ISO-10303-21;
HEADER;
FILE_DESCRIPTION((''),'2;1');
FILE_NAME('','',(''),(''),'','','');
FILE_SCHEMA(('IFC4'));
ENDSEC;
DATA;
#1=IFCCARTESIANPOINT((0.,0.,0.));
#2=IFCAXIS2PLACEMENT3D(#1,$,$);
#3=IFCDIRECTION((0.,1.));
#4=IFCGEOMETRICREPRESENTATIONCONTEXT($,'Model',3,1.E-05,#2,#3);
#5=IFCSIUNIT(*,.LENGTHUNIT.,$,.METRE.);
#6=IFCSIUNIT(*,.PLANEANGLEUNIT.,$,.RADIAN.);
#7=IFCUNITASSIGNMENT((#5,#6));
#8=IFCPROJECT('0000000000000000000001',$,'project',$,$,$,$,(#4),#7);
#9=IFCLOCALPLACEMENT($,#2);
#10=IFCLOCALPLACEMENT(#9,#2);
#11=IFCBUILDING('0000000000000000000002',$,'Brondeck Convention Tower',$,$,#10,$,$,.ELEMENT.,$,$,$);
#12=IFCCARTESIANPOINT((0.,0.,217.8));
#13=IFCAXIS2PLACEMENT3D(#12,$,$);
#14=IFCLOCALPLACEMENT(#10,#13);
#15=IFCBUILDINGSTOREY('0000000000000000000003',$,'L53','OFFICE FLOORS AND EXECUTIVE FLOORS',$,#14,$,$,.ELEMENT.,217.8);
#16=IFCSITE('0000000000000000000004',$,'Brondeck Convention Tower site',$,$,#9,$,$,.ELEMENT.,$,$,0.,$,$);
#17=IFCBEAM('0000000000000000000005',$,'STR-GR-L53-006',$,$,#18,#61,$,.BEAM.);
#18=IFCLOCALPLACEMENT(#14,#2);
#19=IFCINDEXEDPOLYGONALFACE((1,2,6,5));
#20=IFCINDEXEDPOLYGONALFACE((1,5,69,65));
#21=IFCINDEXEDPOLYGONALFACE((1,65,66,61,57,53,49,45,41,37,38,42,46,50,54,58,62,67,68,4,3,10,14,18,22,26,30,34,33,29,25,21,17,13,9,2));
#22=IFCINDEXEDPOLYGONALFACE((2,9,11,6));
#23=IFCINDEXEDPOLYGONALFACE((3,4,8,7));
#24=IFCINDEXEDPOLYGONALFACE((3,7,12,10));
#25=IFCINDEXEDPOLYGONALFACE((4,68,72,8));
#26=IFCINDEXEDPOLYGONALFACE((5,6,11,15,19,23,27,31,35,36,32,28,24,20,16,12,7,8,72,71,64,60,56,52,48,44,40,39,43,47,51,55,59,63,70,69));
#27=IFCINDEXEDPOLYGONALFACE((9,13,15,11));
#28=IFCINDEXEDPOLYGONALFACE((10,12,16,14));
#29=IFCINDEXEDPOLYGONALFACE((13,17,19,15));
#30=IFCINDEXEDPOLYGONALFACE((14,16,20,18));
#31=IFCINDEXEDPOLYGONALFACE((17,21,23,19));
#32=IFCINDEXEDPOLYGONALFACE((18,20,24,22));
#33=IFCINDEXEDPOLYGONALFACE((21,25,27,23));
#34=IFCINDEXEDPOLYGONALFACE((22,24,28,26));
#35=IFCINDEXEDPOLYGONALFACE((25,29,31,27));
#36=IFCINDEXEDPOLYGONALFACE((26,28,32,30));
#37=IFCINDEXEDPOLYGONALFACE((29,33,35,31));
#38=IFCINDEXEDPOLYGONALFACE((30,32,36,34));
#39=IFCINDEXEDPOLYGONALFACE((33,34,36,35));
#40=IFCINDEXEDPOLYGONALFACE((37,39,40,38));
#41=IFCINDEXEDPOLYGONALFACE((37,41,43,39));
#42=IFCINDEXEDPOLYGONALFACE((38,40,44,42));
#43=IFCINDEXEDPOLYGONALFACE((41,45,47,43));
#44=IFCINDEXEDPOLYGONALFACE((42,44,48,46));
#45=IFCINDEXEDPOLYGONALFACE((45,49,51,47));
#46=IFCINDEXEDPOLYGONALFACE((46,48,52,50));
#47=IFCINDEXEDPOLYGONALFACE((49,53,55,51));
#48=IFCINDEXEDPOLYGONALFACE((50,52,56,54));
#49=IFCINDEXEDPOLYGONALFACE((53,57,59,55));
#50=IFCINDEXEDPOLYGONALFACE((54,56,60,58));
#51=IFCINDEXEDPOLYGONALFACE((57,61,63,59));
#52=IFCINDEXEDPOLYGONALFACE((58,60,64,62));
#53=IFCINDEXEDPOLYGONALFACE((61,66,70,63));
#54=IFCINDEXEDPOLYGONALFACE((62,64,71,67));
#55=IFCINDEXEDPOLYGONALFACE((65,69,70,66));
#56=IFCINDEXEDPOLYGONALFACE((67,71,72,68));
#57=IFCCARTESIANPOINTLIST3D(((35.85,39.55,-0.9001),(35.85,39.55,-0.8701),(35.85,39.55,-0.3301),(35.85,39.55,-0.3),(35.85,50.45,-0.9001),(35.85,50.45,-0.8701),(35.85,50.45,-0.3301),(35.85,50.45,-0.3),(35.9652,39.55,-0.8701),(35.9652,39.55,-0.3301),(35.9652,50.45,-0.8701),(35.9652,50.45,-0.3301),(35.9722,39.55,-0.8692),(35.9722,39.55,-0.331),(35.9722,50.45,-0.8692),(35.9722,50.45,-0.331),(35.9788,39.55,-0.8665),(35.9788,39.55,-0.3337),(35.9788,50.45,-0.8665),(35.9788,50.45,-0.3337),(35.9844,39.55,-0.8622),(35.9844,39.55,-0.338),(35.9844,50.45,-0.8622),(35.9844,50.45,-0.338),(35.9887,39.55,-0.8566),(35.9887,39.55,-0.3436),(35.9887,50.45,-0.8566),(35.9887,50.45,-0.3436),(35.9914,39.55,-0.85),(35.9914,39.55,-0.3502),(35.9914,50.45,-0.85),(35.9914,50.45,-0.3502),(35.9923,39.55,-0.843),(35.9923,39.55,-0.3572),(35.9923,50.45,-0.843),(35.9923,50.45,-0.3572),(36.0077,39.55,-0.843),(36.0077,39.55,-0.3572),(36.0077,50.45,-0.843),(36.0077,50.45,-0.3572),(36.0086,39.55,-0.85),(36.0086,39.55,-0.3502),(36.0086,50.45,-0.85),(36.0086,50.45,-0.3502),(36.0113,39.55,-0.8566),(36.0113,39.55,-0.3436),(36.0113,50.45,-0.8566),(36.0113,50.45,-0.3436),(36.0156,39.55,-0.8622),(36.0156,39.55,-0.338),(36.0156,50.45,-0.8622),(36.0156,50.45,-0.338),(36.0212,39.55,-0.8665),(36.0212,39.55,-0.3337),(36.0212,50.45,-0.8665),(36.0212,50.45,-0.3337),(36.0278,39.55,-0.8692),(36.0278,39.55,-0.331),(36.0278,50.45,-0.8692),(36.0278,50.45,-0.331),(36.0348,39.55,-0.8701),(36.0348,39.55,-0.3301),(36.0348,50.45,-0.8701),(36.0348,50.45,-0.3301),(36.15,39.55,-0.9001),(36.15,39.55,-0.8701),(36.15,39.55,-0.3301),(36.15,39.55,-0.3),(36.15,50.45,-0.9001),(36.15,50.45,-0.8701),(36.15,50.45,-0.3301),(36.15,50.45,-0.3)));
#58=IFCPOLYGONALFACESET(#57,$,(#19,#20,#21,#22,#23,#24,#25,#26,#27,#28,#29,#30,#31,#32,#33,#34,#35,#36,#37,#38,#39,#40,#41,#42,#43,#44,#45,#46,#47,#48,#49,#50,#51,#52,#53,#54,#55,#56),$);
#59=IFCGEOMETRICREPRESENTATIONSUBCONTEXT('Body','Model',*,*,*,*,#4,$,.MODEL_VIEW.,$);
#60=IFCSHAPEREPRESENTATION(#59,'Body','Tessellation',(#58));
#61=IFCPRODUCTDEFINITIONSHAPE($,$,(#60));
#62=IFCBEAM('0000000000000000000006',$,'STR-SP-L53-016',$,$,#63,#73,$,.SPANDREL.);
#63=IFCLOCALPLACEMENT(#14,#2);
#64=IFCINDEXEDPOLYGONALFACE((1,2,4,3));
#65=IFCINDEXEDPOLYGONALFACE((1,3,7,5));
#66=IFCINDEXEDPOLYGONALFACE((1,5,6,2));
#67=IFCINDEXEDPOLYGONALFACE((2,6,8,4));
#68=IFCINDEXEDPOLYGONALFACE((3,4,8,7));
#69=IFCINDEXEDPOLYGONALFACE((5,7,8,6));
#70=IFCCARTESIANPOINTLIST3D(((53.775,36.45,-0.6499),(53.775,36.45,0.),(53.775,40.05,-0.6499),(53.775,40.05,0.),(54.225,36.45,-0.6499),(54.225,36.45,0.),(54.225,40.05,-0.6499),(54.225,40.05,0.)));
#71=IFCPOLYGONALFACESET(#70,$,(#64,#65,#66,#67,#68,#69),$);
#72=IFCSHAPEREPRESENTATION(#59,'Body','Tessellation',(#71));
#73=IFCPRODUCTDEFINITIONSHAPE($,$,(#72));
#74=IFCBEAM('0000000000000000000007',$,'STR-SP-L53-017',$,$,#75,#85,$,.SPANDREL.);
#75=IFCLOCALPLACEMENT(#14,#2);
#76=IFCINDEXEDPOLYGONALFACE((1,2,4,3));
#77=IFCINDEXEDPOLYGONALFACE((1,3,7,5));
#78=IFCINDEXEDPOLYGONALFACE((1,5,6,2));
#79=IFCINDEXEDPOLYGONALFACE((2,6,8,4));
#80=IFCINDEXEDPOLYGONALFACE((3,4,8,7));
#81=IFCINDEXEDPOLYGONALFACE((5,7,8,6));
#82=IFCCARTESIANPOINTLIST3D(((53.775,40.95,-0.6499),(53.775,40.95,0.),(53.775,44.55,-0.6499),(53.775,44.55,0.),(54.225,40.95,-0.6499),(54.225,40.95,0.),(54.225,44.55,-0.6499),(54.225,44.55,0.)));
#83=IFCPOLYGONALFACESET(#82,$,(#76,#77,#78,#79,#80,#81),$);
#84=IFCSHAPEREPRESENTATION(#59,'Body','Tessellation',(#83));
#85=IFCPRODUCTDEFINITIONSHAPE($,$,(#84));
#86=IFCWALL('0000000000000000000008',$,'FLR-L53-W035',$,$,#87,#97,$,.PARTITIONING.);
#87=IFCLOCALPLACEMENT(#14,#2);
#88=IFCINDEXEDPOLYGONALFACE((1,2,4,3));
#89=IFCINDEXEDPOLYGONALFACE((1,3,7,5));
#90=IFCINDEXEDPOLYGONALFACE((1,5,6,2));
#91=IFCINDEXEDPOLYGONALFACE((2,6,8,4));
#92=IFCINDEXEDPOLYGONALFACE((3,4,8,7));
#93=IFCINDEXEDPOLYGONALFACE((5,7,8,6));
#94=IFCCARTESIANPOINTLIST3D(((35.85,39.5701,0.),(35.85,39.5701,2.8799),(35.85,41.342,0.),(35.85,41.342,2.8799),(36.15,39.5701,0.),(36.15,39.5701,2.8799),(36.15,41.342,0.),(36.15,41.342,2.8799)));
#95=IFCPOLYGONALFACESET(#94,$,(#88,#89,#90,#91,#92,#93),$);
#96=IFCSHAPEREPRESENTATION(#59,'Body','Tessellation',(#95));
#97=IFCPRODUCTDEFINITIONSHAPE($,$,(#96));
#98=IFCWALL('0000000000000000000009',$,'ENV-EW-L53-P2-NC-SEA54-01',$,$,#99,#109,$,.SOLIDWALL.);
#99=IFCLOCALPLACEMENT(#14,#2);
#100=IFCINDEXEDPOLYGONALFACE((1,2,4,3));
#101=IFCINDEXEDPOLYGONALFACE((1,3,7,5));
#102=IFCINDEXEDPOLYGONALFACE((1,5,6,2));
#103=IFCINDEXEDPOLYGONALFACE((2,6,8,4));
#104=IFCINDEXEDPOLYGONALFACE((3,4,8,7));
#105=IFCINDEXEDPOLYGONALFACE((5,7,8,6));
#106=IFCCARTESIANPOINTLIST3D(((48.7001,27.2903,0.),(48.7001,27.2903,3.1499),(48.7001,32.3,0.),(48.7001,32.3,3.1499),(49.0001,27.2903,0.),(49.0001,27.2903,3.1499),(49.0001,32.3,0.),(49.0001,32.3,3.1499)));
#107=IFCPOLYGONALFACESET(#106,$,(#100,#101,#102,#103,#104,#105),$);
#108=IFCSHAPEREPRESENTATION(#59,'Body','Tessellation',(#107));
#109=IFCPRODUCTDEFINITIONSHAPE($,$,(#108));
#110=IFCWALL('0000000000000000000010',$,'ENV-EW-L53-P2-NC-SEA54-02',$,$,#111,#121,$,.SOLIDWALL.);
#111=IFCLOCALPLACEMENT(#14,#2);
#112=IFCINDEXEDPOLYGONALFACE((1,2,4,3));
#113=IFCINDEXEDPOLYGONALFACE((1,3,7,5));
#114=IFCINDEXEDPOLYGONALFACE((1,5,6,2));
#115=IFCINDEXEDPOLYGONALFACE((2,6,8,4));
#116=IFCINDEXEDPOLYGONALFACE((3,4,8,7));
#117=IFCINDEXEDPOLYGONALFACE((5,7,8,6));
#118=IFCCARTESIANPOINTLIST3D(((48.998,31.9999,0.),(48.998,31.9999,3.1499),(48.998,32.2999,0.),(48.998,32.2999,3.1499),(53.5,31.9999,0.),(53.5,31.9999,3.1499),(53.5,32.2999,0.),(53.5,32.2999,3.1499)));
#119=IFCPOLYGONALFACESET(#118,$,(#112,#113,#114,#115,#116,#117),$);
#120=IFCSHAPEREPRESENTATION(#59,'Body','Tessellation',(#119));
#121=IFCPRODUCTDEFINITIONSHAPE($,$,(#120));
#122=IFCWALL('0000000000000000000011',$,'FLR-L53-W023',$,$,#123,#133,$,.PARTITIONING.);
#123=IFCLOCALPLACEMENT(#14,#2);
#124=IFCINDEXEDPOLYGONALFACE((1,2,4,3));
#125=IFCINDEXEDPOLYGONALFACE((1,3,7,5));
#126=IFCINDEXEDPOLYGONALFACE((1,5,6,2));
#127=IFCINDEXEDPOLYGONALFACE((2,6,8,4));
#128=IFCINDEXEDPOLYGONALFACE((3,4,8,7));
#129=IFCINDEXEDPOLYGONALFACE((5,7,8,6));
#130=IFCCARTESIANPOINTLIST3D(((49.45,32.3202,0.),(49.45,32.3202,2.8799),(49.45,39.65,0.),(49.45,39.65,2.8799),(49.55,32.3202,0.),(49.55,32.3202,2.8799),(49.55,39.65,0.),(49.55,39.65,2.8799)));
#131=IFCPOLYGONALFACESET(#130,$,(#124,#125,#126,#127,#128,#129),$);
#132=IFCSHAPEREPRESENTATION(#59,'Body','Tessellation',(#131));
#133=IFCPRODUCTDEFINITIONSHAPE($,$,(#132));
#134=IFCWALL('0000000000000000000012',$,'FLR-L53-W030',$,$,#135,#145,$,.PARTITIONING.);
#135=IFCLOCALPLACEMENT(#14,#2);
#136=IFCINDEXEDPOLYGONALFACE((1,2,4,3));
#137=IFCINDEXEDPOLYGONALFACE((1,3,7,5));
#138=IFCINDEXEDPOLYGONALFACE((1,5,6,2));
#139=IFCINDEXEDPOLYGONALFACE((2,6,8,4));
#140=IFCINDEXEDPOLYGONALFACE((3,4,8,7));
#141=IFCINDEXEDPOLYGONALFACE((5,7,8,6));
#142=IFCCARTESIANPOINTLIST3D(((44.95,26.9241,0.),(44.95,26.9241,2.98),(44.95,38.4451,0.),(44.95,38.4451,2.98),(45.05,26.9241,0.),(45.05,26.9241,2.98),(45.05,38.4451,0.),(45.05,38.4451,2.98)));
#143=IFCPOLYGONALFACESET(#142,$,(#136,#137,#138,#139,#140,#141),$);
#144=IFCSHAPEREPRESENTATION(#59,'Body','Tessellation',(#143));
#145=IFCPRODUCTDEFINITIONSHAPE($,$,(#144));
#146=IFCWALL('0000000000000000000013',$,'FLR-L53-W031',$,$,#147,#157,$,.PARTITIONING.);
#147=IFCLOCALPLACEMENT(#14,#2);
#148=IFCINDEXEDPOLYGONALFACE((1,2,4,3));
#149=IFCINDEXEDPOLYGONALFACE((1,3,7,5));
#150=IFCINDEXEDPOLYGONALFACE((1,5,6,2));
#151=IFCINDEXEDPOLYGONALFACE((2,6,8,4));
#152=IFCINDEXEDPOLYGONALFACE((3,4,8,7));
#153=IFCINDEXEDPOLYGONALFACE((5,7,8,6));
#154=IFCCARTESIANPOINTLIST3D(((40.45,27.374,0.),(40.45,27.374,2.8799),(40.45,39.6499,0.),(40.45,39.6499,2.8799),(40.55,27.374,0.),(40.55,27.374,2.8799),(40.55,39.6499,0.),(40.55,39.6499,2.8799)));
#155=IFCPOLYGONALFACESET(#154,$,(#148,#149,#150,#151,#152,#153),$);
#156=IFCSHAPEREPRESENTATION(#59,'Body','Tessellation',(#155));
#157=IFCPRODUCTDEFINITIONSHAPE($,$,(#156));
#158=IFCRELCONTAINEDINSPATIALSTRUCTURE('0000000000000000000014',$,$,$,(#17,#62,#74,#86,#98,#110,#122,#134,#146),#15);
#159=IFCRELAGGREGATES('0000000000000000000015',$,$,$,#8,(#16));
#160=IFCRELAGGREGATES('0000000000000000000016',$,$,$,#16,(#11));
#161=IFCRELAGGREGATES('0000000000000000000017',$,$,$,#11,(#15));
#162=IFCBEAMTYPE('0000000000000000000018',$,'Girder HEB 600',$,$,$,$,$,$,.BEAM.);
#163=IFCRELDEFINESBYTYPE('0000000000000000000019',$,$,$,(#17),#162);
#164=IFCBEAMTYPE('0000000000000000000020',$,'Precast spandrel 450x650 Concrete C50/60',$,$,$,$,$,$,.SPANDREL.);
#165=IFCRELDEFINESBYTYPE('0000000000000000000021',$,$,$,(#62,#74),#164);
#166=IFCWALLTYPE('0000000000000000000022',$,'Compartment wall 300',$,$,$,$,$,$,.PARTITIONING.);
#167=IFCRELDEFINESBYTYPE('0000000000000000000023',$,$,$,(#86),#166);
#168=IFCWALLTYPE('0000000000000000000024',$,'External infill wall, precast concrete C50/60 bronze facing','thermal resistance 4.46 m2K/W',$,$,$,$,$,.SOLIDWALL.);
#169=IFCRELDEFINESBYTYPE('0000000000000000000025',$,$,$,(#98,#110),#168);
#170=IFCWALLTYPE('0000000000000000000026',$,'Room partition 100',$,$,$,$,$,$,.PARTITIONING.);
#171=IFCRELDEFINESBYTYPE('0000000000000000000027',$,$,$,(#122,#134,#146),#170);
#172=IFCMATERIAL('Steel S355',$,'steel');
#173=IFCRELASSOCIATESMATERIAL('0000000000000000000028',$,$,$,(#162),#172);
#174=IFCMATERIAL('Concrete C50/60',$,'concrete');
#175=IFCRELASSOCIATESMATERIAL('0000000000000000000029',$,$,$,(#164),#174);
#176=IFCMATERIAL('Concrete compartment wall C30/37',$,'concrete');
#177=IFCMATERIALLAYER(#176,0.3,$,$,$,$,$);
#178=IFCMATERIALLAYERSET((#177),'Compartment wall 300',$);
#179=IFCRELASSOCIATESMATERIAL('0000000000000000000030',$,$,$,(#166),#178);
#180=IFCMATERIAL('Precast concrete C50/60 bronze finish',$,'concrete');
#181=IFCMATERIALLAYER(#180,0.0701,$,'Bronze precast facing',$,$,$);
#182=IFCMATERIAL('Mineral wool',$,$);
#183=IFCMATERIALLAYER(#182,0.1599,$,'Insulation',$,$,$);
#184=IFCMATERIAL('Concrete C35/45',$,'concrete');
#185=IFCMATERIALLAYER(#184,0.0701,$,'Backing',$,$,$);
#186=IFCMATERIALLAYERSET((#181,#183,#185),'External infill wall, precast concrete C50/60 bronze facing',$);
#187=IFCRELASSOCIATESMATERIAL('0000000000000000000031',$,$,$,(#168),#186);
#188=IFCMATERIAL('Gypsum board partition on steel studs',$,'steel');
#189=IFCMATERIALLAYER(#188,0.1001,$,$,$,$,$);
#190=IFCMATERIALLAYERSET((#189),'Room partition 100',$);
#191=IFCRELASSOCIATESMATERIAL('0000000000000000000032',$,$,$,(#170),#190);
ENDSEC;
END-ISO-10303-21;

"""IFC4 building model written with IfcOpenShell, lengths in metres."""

from ifc_helpers import new_model, si_unit, direction, frame, frame_2d, origin, origin_2d, place, context, subcontext, project, spatial, rectangle, i_section, extrude, material, layer, layer_set, material_profile, profile_set, type_object, element, save


model = new_model("IFC4")

# Units and contexts
model_context = context("Model", 3, precision=1e-05, world=origin(), true_north=direction((0.0, 1.0)))
body_context = subcontext(model_context, "Body", "Model", "MODEL_VIEW")
ifc_project = project(units=[si_unit("LENGTHUNIT", "METRE"), si_unit("PLANEANGLEUNIT", "RADIAN")], contexts=[model_context])

# Site, building, storey
site_placement = place(None, origin())
site = spatial("IfcSite", under=ifc_project, at=site_placement, Name="Brondeck Convention Tower site", CompositionType="ELEMENT", RefElevation=0.0)
building_placement = place(site_placement, origin())
building = spatial("IfcBuilding", under=site, at=building_placement, Name="Brondeck Convention Tower", CompositionType="ELEMENT")
storey_placement = place(building_placement, frame((0.0, 0.0, 217.8)))
storey = spatial("IfcBuildingStorey", under=building, at=storey_placement, Name="L53", Description="OFFICE FLOORS AND EXECUTIVE FLOORS", CompositionType="ELEMENT", Elevation=217.8)

# Shared definitions
ifc_material_1 = material(Name="Concrete C50/60", Category="concrete")

# Beams
ifc_material_2 = material(Name="Steel S355", Category="steel")
ifc_material_profile_1 = material_profile(ifc_material_2, i_section(OverallWidth=0.3, OverallDepth=0.6001, WebThickness=0.0154, FlangeThickness=0.03, FilletRadius=0.0271, at=origin_2d()), Name="HEB 600")
ifc_profile_set_1 = profile_set([ifc_material_profile_1], Name="Steel S355")
beam_type_1 = type_object("IfcBeamType", Name="Girder HEB 600", PredefinedType="BEAM", material=ifc_profile_set_1)
beam_1_placement = place(storey_placement, frame((36.0, 39.55, -0.6001), z_axis=(0.0, 1.0, 0.0), x_axis=(-1.0, 0.0, 0.0)))
element("IfcBeam", 1, at=beam_1_placement, inside=storey, type_object=beam_type_1, Name="STR-GR-L53-006", PredefinedType="BEAM", context=body_context, shape_type="SweptSolid", body=[
    extrude(i_section(OverallWidth=0.3, OverallDepth=0.6001, WebThickness=0.0154, FlangeThickness=0.03, FilletRadius=0.0271, at=origin_2d()), origin(), (0.0, 0.0, 1.0), 10.8999),
])
ifc_material_profile_2 = material_profile(ifc_material_1, rectangle(XDim=0.45, YDim=0.6499, at=origin_2d()), Name="Precast spandrel 450x650 Concrete C50/60")
ifc_profile_set_2 = profile_set([ifc_material_profile_2], Name="Concrete C50/60")
beam_type_2 = type_object("IfcBeamType", Name="Precast spandrel 450x650 Concrete C50/60", PredefinedType="SPANDREL", material=ifc_profile_set_2)
for number, where, z_axis, x_axis, name in (
    (2, (54.0, 36.45, -0.325), (0.0, 1.0, 0.0), (-1.0, 0.0, 0.0), "STR-SP-L53-016"),
    (3, (54.0, 40.95, -0.325), (0.0, 1.0, 0.0), (-1.0, 0.0, 0.0), "STR-SP-L53-017"),
):
    element("IfcBeam", number, at=place(storey_placement, frame(where, z_axis=z_axis, x_axis=x_axis)), inside=storey, type_object=beam_type_2, Name=name, PredefinedType="SPANDREL", context=body_context, shape_type="SweptSolid", body=[
        extrude(rectangle(XDim=0.45, YDim=0.6499, at=origin_2d()), origin(), (0.0, 0.0, 1.0), 3.6001),
    ])

# Walls
ifc_material_3 = material(Name="Concrete compartment wall C30/37", Category="concrete")
ifc_layer_1 = layer(ifc_material_3, 0.3)
ifc_layer_set_1 = layer_set([ifc_layer_1], Name="Compartment wall 300")
wall_type_1 = type_object("IfcWallType", Name="Compartment wall 300", PredefinedType="PARTITIONING", material=ifc_layer_set_1)
wall_1_placement = place(storey_placement, frame((36.0, 39.5701, 0.0), z_axis=(0.0, 0.0, 1.0), x_axis=(0.0, 1.0, 0.0)))
element("IfcWall", 4, at=wall_1_placement, inside=storey, type_object=wall_type_1, Name="FLR-L53-W035", PredefinedType="PARTITIONING", context=body_context, shape_type="SweptSolid", body=[
    extrude(rectangle(XDim=1.772, YDim=0.3, at=frame_2d((0.886, 0.0))), origin(), (0.0, 0.0, 1.0), 2.8799),
])
ifc_material_4 = material(Name="Precast concrete C50/60 bronze finish", Category="concrete")
ifc_layer_2 = layer(ifc_material_4, 0.0701, Name="Bronze precast facing")
ifc_material_5 = material(Name="Mineral wool")
ifc_layer_3 = layer(ifc_material_5, 0.1599, Name="Insulation")
ifc_material_6 = material(Name="Concrete C35/45", Category="concrete")
ifc_layer_4 = layer(ifc_material_6, 0.0701, Name="Backing")
ifc_layer_set_2 = layer_set([ifc_layer_2, ifc_layer_3, ifc_layer_4], Name="External infill wall, precast concrete C50/60 bronze facing")
wall_type_2 = type_object("IfcWallType", Name="External infill wall, precast concrete C50/60 bronze facing", Description="thermal resistance 4.46 m2K/W", PredefinedType="SOLIDWALL", material=ifc_layer_set_2)
wall_2_placement = place(storey_placement, frame((48.8501, 32.3, 0.0), z_axis=(0.0, 0.0, 1.0), x_axis=(0.0, -1.0, 0.0)))
element("IfcWall", 5, at=wall_2_placement, inside=storey, type_object=wall_type_2, Name="ENV-EW-L53-P2-NC-SEA54-01", PredefinedType="SOLIDWALL", context=body_context, shape_type="SweptSolid", body=[
    extrude(rectangle(XDim=5.0098, YDim=0.3, at=frame_2d((2.5049, 0.0))), origin(), (0.0, 0.0, 1.0), 3.1499),
])
wall_3_placement = place(storey_placement, frame((53.5, 32.1499, 0.0), z_axis=(0.0, 0.0, 1.0), x_axis=(-1.0, 0.0, 0.0)))
element("IfcWall", 6, at=wall_3_placement, inside=storey, type_object=wall_type_2, Name="ENV-EW-L53-P2-NC-SEA54-02", PredefinedType="SOLIDWALL", context=body_context, shape_type="SweptSolid", body=[
    extrude(rectangle(XDim=4.502, YDim=0.3, at=frame_2d((2.251, 0.0))), origin(), (0.0, 0.0, 1.0), 3.1499),
])
ifc_material_7 = material(Name="Gypsum board partition on steel studs", Category="steel")
ifc_layer_5 = layer(ifc_material_7, 0.1001)
ifc_layer_set_3 = layer_set([ifc_layer_5], Name="Room partition 100")
wall_type_3 = type_object("IfcWallType", Name="Room partition 100", PredefinedType="PARTITIONING", material=ifc_layer_set_3)
wall_4_placement = place(storey_placement, frame((49.5, 32.3201, 0.0), z_axis=(0.0, 0.0, 1.0), x_axis=(0.0, 1.0, 0.0)))
element("IfcWall", 7, at=wall_4_placement, inside=storey, type_object=wall_type_3, Name="FLR-L53-W023", PredefinedType="PARTITIONING", context=body_context, shape_type="SweptSolid", body=[
    extrude(rectangle(XDim=7.3298, YDim=0.1001, at=frame_2d((3.665, 0.0))), origin(), (0.0, 0.0, 1.0), 2.8799),
])
wall_5_placement = place(storey_placement, frame((45.0, 38.4451, 0.0), z_axis=(0.0, 0.0, 1.0), x_axis=(0.0, -1.0, 0.0)))
element("IfcWall", 8, at=wall_5_placement, inside=storey, type_object=wall_type_3, Name="FLR-L53-W030", PredefinedType="PARTITIONING", context=body_context, shape_type="SweptSolid", body=[
    extrude(rectangle(XDim=11.521, YDim=0.1001, at=frame_2d((5.7605, 0.0))), origin(), (0.0, 0.0, 1.0), 2.98),
])
wall_6_placement = place(storey_placement, frame((40.5, 39.6499, 0.0), z_axis=(0.0, 0.0, 1.0), x_axis=(0.0, -1.0, 0.0)))
element("IfcWall", 9, at=wall_6_placement, inside=storey, type_object=wall_type_3, Name="FLR-L53-W031", PredefinedType="PARTITIONING", context=body_context, shape_type="SweptSolid", body=[
    extrude(rectangle(XDim=12.2759, YDim=0.1001, at=frame_2d((6.1379, 0.0))), origin(), (0.0, 0.0, 1.0), 2.8799),
])

save(model, "model.ifc")
